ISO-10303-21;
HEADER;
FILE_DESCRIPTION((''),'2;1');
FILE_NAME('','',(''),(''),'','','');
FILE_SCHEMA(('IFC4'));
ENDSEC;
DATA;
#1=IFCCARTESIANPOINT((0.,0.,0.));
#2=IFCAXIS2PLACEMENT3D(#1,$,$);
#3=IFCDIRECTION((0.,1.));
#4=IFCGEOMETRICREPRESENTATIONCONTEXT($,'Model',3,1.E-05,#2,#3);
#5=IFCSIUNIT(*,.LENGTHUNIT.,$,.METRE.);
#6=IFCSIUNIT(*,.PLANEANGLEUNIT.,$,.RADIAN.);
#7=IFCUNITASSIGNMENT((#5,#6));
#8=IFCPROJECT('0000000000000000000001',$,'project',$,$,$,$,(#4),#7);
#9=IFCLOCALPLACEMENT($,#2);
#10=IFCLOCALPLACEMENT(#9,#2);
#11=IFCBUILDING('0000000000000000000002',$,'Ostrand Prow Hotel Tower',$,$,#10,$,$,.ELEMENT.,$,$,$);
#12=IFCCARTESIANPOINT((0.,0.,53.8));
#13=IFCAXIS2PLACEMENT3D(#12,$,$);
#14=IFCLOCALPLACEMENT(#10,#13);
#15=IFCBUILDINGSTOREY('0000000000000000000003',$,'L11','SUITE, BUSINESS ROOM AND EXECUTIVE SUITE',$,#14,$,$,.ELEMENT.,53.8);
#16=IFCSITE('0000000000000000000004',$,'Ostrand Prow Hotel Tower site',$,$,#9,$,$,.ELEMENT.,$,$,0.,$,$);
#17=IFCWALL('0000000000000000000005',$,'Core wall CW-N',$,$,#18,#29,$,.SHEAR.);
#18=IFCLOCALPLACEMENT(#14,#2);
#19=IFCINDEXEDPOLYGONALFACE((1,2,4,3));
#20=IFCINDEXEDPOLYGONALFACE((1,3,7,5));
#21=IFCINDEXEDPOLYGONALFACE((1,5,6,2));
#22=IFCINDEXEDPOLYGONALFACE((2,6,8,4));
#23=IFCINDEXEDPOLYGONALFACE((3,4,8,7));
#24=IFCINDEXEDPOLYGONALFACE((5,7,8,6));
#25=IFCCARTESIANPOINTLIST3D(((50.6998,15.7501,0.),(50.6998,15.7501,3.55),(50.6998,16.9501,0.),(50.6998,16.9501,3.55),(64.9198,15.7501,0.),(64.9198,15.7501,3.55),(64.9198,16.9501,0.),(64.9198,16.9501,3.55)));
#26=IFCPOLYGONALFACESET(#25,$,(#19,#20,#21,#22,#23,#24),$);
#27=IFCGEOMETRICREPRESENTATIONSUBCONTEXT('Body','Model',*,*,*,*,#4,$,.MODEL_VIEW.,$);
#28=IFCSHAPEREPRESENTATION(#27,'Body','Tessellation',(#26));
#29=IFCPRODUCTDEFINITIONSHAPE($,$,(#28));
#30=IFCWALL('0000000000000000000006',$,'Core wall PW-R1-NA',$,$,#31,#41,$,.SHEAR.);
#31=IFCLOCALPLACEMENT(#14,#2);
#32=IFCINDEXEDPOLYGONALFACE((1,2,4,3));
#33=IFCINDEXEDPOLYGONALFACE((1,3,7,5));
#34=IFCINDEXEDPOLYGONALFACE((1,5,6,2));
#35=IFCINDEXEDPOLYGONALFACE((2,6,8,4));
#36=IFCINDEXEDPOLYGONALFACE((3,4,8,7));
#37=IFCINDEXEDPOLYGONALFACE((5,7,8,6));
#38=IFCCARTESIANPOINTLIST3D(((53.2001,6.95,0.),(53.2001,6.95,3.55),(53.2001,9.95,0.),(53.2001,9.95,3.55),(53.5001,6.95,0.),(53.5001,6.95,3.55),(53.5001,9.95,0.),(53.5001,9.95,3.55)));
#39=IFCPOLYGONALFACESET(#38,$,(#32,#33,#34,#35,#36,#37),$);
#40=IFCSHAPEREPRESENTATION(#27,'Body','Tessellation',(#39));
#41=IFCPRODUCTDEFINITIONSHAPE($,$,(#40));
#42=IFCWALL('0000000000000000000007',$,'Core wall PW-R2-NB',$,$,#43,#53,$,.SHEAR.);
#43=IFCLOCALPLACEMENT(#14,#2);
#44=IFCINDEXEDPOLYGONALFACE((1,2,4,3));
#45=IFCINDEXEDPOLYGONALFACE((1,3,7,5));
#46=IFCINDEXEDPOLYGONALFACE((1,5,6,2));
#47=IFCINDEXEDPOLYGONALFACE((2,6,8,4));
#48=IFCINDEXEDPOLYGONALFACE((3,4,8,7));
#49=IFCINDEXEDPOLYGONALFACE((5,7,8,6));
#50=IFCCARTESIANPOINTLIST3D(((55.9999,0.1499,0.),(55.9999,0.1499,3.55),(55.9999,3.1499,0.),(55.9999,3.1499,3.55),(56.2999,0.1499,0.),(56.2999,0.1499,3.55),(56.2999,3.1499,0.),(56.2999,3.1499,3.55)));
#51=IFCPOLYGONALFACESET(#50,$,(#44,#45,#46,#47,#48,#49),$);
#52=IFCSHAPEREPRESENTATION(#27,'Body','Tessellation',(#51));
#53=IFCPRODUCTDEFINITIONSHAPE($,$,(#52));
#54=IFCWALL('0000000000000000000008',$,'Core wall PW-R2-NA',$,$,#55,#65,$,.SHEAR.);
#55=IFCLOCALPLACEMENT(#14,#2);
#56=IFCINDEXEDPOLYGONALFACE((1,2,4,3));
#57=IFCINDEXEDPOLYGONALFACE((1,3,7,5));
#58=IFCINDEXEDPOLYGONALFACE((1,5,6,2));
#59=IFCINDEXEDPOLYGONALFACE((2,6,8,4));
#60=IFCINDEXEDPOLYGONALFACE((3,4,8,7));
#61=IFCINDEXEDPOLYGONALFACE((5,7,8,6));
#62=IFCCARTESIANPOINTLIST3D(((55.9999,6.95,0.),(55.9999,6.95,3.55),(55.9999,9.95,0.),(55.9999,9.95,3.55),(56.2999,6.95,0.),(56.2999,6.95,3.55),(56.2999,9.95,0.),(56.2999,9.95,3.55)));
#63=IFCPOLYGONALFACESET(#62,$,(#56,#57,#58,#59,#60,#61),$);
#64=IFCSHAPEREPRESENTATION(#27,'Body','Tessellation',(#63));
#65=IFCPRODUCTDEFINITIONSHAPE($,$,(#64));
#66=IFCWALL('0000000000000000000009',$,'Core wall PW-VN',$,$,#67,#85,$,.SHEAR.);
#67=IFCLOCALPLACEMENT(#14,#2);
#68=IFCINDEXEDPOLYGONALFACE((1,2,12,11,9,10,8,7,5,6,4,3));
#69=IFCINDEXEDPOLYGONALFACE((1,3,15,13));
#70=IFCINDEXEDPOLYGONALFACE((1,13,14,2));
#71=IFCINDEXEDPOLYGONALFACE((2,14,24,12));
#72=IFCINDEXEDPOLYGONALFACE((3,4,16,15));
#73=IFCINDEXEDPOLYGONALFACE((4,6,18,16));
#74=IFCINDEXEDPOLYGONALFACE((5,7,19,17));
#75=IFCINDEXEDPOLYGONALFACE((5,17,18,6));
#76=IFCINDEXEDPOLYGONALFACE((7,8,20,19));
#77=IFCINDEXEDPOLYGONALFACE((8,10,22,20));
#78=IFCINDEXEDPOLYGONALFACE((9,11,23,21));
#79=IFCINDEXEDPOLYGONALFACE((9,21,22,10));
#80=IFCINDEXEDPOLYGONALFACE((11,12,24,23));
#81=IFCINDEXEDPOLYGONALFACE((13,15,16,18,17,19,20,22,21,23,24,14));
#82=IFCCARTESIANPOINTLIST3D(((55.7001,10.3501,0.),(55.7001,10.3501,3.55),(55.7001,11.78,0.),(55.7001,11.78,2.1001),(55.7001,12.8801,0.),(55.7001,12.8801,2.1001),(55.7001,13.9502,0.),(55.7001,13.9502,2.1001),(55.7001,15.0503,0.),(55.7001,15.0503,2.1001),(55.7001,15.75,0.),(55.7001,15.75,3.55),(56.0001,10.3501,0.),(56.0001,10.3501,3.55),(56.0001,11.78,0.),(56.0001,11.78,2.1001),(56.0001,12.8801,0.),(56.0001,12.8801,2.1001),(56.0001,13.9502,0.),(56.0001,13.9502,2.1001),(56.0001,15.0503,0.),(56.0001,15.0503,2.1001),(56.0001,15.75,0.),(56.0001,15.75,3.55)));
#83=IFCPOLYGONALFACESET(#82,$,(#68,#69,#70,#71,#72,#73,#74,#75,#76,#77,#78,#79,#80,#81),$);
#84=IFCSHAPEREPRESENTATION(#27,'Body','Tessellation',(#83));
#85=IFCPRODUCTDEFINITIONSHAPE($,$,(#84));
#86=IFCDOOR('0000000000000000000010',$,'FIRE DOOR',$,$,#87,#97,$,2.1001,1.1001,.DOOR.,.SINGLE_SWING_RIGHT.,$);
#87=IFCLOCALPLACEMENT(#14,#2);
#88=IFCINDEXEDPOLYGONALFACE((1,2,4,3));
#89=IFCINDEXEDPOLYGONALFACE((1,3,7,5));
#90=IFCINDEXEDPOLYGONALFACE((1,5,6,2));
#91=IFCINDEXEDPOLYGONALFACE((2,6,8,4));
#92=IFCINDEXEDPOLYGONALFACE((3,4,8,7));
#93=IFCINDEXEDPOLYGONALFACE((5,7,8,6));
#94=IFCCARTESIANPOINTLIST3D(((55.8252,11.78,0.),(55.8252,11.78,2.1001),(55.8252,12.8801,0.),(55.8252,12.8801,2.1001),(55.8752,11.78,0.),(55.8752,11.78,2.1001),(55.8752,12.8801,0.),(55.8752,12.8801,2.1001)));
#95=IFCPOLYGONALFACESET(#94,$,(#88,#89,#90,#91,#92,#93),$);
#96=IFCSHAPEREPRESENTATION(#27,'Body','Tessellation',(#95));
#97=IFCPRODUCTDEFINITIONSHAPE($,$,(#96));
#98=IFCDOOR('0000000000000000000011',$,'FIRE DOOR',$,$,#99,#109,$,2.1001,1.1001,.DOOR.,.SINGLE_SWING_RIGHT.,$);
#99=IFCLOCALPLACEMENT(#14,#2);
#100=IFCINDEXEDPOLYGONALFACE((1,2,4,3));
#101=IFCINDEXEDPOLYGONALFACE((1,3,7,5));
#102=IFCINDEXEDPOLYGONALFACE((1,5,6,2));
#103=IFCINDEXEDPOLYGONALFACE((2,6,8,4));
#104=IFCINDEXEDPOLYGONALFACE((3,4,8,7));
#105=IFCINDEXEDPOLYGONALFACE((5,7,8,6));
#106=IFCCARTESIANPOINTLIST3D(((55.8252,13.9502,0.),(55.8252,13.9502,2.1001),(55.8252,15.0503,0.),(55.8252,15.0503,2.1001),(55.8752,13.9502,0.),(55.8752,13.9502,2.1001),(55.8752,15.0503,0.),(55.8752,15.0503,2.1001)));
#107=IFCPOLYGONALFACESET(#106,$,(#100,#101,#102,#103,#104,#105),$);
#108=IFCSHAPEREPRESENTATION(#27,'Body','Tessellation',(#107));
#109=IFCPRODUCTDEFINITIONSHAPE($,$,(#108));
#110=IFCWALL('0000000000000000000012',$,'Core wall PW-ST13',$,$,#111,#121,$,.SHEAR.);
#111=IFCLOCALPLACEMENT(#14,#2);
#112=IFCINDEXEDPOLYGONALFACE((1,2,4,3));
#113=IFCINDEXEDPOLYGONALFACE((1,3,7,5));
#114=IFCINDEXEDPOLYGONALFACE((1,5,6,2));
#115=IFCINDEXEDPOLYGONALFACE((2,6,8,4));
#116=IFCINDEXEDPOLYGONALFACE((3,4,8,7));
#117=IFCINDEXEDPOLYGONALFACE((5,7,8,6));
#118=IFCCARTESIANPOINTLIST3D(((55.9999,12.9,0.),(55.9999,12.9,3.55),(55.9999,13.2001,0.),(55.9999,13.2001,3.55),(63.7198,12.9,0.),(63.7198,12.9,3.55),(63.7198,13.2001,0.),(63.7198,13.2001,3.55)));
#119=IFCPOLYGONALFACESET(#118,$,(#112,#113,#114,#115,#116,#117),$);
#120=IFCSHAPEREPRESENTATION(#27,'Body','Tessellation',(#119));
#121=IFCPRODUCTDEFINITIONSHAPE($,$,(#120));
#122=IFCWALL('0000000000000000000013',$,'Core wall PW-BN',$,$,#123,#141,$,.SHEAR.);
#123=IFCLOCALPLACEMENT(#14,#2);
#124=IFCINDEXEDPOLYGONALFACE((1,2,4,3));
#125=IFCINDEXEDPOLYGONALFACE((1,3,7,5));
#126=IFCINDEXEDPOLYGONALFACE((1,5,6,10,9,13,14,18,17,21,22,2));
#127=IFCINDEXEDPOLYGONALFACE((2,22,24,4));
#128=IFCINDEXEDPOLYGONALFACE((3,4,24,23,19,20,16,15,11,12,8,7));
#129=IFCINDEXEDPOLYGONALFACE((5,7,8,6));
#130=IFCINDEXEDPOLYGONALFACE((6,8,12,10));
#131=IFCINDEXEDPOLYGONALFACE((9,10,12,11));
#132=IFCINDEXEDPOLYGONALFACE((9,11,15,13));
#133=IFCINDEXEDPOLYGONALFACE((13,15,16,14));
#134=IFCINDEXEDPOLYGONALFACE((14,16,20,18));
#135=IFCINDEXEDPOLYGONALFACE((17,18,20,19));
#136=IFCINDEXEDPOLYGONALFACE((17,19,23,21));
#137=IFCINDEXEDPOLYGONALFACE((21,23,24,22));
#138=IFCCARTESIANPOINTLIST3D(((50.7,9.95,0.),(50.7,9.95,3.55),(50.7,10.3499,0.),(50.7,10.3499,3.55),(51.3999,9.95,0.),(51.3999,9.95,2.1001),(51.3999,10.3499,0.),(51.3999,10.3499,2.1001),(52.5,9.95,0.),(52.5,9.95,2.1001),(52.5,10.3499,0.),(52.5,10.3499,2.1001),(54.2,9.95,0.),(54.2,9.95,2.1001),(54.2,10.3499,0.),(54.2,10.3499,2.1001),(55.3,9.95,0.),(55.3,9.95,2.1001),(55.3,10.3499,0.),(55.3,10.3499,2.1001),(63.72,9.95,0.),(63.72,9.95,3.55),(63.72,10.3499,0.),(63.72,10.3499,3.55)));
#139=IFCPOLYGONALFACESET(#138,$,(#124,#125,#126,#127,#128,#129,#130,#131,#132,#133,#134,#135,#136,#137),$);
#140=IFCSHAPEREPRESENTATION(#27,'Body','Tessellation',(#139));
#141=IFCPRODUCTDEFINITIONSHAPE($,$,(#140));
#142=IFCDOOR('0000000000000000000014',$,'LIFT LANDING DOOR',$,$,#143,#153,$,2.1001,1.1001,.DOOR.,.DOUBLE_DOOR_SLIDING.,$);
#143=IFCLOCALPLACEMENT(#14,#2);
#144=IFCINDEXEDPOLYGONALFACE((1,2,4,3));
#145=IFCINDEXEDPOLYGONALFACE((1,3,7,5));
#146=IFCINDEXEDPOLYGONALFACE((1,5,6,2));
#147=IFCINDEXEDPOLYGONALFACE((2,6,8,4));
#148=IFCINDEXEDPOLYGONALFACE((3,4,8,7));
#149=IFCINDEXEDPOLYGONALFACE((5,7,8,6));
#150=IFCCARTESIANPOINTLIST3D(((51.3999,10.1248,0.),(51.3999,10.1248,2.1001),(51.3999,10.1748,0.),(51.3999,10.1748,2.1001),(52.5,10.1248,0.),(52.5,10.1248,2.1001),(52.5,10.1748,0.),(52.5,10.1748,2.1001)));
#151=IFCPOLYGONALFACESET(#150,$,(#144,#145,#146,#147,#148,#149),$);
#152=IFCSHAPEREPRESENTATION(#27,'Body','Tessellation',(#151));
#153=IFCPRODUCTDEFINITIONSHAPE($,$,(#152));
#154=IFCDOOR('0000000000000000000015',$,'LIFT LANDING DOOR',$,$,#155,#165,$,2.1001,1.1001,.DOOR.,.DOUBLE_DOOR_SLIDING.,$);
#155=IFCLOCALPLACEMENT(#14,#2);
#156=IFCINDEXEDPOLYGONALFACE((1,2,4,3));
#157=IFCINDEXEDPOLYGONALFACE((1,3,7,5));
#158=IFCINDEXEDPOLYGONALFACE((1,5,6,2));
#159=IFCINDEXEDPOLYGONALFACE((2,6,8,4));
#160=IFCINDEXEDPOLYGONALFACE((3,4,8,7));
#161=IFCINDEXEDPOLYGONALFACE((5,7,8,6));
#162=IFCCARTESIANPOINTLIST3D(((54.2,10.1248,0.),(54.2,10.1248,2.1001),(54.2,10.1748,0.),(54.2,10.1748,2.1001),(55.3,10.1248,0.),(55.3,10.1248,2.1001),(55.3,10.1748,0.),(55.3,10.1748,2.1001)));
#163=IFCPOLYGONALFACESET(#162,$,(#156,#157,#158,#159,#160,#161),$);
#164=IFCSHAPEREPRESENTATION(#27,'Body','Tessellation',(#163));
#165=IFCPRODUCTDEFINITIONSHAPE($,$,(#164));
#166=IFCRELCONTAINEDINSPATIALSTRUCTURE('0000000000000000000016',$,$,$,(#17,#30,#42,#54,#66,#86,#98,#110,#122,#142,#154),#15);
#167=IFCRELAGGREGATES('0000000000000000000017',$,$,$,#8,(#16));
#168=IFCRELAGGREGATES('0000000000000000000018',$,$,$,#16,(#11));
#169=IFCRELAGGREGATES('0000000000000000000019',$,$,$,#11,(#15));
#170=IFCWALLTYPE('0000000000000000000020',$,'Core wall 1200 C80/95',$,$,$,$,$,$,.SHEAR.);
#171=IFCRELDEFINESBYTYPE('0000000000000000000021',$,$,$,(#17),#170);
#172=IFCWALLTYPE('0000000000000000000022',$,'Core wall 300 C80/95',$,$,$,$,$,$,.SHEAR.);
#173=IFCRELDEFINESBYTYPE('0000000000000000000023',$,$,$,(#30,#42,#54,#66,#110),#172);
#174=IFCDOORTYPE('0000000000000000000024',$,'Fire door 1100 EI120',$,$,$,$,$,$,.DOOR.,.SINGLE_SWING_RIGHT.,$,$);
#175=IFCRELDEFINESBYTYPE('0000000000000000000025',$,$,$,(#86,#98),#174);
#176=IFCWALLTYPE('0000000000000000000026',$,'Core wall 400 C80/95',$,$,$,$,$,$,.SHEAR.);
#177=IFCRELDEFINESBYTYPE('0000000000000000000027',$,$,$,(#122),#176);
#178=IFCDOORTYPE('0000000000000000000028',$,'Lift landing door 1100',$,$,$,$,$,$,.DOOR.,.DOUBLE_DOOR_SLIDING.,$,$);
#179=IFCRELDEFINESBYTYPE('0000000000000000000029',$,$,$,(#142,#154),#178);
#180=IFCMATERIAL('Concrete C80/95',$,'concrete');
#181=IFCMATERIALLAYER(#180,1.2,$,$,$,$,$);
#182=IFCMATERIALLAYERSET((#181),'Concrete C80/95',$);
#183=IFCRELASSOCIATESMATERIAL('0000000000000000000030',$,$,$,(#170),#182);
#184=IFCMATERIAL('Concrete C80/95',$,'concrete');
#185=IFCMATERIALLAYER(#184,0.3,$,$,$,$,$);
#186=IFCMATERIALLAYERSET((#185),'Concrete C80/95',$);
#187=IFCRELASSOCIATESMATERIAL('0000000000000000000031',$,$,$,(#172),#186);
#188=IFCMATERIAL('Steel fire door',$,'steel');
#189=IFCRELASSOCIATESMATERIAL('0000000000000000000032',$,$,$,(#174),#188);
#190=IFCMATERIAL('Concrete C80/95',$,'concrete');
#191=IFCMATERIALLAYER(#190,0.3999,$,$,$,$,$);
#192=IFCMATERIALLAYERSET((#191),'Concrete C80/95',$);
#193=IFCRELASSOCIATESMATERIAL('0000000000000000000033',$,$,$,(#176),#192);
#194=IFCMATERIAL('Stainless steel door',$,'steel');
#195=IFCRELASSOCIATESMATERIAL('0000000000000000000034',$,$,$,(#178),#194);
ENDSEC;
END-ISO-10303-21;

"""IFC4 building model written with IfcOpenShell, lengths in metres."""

from ifc_helpers import new_model, si_unit, direction, frame, frame_2d, origin, place, context, subcontext, project, spatial, rectangle, extrude, material, layer, layer_set, type_object, element, fill, save


model = new_model("IFC4")

# Units and contexts
model_context = context("Model", 3, precision=1e-05, world=origin(), true_north=direction((0.0, 1.0)))
body_context = subcontext(model_context, "Body", "Model", "MODEL_VIEW")
ifc_project = project(units=[si_unit("LENGTHUNIT", "METRE"), si_unit("PLANEANGLEUNIT", "RADIAN")], contexts=[model_context])

# Site, building, storey
site_placement = place(None, origin())
site = spatial("IfcSite", under=ifc_project, at=site_placement, Name="Ostrand Prow Hotel Tower site", CompositionType="ELEMENT", RefElevation=0.0)
building_placement = place(site_placement, origin())
building = spatial("IfcBuilding", under=site, at=building_placement, Name="Ostrand Prow Hotel Tower", CompositionType="ELEMENT")
storey_placement = place(building_placement, frame((0.0, 0.0, 53.8)))
storey = spatial("IfcBuildingStorey", under=building, at=storey_placement, Name="L11", Description="SUITE, BUSINESS ROOM AND EXECUTIVE SUITE", CompositionType="ELEMENT", Elevation=53.8)

# Walls
ifc_material_1 = material(Name="Concrete C80/95", Category="concrete")
ifc_layer_1 = layer(ifc_material_1, 1.2)
ifc_layer_set_1 = layer_set([ifc_layer_1], Name="Concrete C80/95")
wall_type_1 = type_object("IfcWallType", Name="Core wall 1200 C80/95", PredefinedType="SHEAR", material=ifc_layer_set_1)
wall_1_placement = place(storey_placement, frame((50.7, 16.3501, 0.0), z_axis=(0.0, 0.0, 1.0), x_axis=(1.0, 0.0, 0.0)))
element("IfcWall", 1, at=wall_1_placement, inside=storey, type_object=wall_type_1, Name="Core wall CW-N", PredefinedType="SHEAR", context=body_context, shape_type="SweptSolid", body=[
    extrude(rectangle(XDim=14.22, YDim=1.2, at=frame_2d((7.1099, 0.0))), origin(), (0.0, 0.0, 1.0), 3.55),
])
ifc_material_2 = material(Name="Concrete C80/95", Category="concrete")
ifc_layer_2 = layer(ifc_material_2, 0.3)
ifc_layer_set_2 = layer_set([ifc_layer_2], Name="Concrete C80/95")
wall_type_2 = type_object("IfcWallType", Name="Core wall 300 C80/95", PredefinedType="SHEAR", material=ifc_layer_set_2)
for number, where, z_axis, x_axis, name in (
    (2, (53.3501, 6.95, 0.0), (0.0, 0.0, 1.0), (0.0, 1.0, 0.0), "Core wall PW-R1-NA"),
    (3, (56.1499, 0.1499, 0.0), (0.0, 0.0, 1.0), (0.0, 1.0, 0.0), "Core wall PW-R2-NB"),
    (4, (56.1499, 6.95, 0.0), (0.0, 0.0, 1.0), (0.0, 1.0, 0.0), "Core wall PW-R2-NA"),
):
    element("IfcWall", number, at=place(storey_placement, frame(where, z_axis=z_axis, x_axis=x_axis)), inside=storey, type_object=wall_type_2, Name=name, PredefinedType="SHEAR", context=body_context, shape_type="SweptSolid", body=[
        extrude(rectangle(XDim=3.0, YDim=0.3, at=frame_2d((1.5, 0.0))), origin(), (0.0, 0.0, 1.0), 3.55),
    ])

# Wall, openings, doors
wall_2_placement = place(storey_placement, frame((55.8501, 10.3501, 0.0), z_axis=(0.0, 0.0, 1.0), x_axis=(0.0, 1.0, 0.0)))
wall_2 = element("IfcWall", 5, at=wall_2_placement, inside=storey, type_object=wall_type_2, Name="Core wall PW-VN", PredefinedType="SHEAR", context=body_context, shape_type="SweptSolid", body=[
    extrude(rectangle(XDim=5.3999, YDim=0.3, at=frame_2d((2.7, 0.0))), origin(), (0.0, 0.0, 1.0), 3.55),
])
opening_1_placement = place(wall_2_placement, frame((1.4299, 0.0, 0.0)))
opening_1 = element("IfcOpeningElement", 6, at=opening_1_placement, cuts=wall_2, PredefinedType="OPENING", context=body_context, shape_type="SweptSolid", body=[
    extrude(rectangle(XDim=1.1001, YDim=2.1001, at=frame_2d((0.55, 1.05))), frame((0.0, 0.1599, 0.0), z_axis=(0.0, -1.0, 0.0), x_axis=(1.0, 0.0, 0.0)), (0.0, 0.0, 1.0), 0.3201),
])
opening_2_placement = place(wall_2_placement, frame((3.6001, 0.0, 0.0)))
opening_2 = element("IfcOpeningElement", 7, at=opening_2_placement, cuts=wall_2, PredefinedType="OPENING", context=body_context, shape_type="SweptSolid", body=[
    extrude(rectangle(XDim=1.1001, YDim=2.1001, at=frame_2d((0.55, 1.05))), frame((0.0, 0.1599, 0.0), z_axis=(0.0, -1.0, 0.0), x_axis=(1.0, 0.0, 0.0)), (0.0, 0.0, 1.0), 0.3201),
])
ifc_material_3 = material(Name="Steel fire door", Category="steel")
door_type_1 = type_object("IfcDoorType", Name="Fire door 1100 EI120", OperationType="SINGLE_SWING_RIGHT", PredefinedType="DOOR", material=ifc_material_3)
door_1_placement = place(opening_1_placement, origin())
door_1 = element("IfcDoor", 8, at=door_1_placement, inside=storey, type_object=door_type_1, Name="FIRE DOOR", OperationType="SINGLE_SWING_RIGHT", OverallHeight=2.1001, OverallWidth=1.1001, PredefinedType="DOOR", context=body_context, shape_type="SweptSolid", body=[
    extrude(rectangle(XDim=1.1001, YDim=2.1001, at=frame_2d((0.55, 1.05))), frame((0.0, 0.0249, 0.0), z_axis=(0.0, -1.0, 0.0), x_axis=(1.0, 0.0, 0.0)), (0.0, 0.0, 1.0), 0.05),
])
fill(opening_1, door_1)
door_2_placement = place(opening_2_placement, origin())
door_2 = element("IfcDoor", 9, at=door_2_placement, inside=storey, type_object=door_type_1, Name="FIRE DOOR", OperationType="SINGLE_SWING_RIGHT", OverallHeight=2.1001, OverallWidth=1.1001, PredefinedType="DOOR", context=body_context, shape_type="SweptSolid", body=[
    extrude(rectangle(XDim=1.1001, YDim=2.1001, at=frame_2d((0.55, 1.05))), frame((0.0, 0.0249, 0.0), z_axis=(0.0, -1.0, 0.0), x_axis=(1.0, 0.0, 0.0)), (0.0, 0.0, 1.0), 0.05),
])
fill(opening_2, door_2)

# Wall
wall_3_placement = place(storey_placement, frame((56.0, 13.05, 0.0), z_axis=(0.0, 0.0, 1.0), x_axis=(1.0, 0.0, 0.0)))
element("IfcWall", 10, at=wall_3_placement, inside=storey, type_object=wall_type_2, Name="Core wall PW-ST13", PredefinedType="SHEAR", context=body_context, shape_type="SweptSolid", body=[
    extrude(rectangle(XDim=7.72, YDim=0.3, at=frame_2d((3.8599, 0.0))), origin(), (0.0, 0.0, 1.0), 3.55),
])

# Wall, openings, doors
ifc_material_4 = material(Name="Concrete C80/95", Category="concrete")
ifc_layer_3 = layer(ifc_material_4, 0.3999)
ifc_layer_set_3 = layer_set([ifc_layer_3], Name="Concrete C80/95")
wall_type_3 = type_object("IfcWallType", Name="Core wall 400 C80/95", PredefinedType="SHEAR", material=ifc_layer_set_3)
wall_4_placement = place(storey_placement, frame((50.7, 10.1499, 0.0), z_axis=(0.0, 0.0, 1.0), x_axis=(1.0, 0.0, 0.0)))
wall_4 = element("IfcWall", 11, at=wall_4_placement, inside=storey, type_object=wall_type_3, Name="Core wall PW-BN", PredefinedType="SHEAR", context=body_context, shape_type="SweptSolid", body=[
    extrude(rectangle(XDim=13.02, YDim=0.3999, at=frame_2d((6.51, 0.0))), origin(), (0.0, 0.0, 1.0), 3.55),
])
opening_3_placement = place(wall_4_placement, frame((0.7, 0.0, 0.0)))
opening_3 = element("IfcOpeningElement", 12, at=opening_3_placement, cuts=wall_4, PredefinedType="OPENING", context=body_context, shape_type="SweptSolid", body=[
    extrude(rectangle(XDim=1.1001, YDim=2.1001, at=frame_2d((0.55, 1.05))), frame((0.0, 0.21, 0.0), z_axis=(0.0, -1.0, 0.0), x_axis=(1.0, 0.0, 0.0)), (0.0, 0.0, 1.0), 0.4199),
])
opening_4_placement = place(wall_4_placement, frame((3.5, 0.0, 0.0)))
opening_4 = element("IfcOpeningElement", 13, at=opening_4_placement, cuts=wall_4, PredefinedType="OPENING", context=body_context, shape_type="SweptSolid", body=[
    extrude(rectangle(XDim=1.1001, YDim=2.1001, at=frame_2d((0.55, 1.05))), frame((0.0, 0.21, 0.0), z_axis=(0.0, -1.0, 0.0), x_axis=(1.0, 0.0, 0.0)), (0.0, 0.0, 1.0), 0.4199),
])
ifc_material_5 = material(Name="Stainless steel door", Category="steel")
door_type_2 = type_object("IfcDoorType", Name="Lift landing door 1100", OperationType="DOUBLE_DOOR_SLIDING", PredefinedType="DOOR", material=ifc_material_5)
door_3_placement = place(opening_3_placement, origin())
door_3 = element("IfcDoor", 14, at=door_3_placement, inside=storey, type_object=door_type_2, Name="LIFT LANDING DOOR", OperationType="DOUBLE_DOOR_SLIDING", OverallHeight=2.1001, OverallWidth=1.1001, PredefinedType="DOOR", context=body_context, shape_type="SweptSolid", body=[
    extrude(rectangle(XDim=1.1001, YDim=2.1001, at=frame_2d((0.55, 1.05))), frame((0.0, 0.0249, 0.0), z_axis=(0.0, -1.0, 0.0), x_axis=(1.0, 0.0, 0.0)), (0.0, 0.0, 1.0), 0.05),
])
fill(opening_3, door_3)
door_4_placement = place(opening_4_placement, origin())
door_4 = element("IfcDoor", 15, at=door_4_placement, inside=storey, type_object=door_type_2, Name="LIFT LANDING DOOR", OperationType="DOUBLE_DOOR_SLIDING", OverallHeight=2.1001, OverallWidth=1.1001, PredefinedType="DOOR", context=body_context, shape_type="SweptSolid", body=[
    extrude(rectangle(XDim=1.1001, YDim=2.1001, at=frame_2d((0.55, 1.05))), frame((0.0, 0.0249, 0.0), z_axis=(0.0, -1.0, 0.0), x_axis=(1.0, 0.0, 0.0)), (0.0, 0.0, 1.0), 0.05),
])
fill(opening_4, door_4)

save(model, "model.ifc")
